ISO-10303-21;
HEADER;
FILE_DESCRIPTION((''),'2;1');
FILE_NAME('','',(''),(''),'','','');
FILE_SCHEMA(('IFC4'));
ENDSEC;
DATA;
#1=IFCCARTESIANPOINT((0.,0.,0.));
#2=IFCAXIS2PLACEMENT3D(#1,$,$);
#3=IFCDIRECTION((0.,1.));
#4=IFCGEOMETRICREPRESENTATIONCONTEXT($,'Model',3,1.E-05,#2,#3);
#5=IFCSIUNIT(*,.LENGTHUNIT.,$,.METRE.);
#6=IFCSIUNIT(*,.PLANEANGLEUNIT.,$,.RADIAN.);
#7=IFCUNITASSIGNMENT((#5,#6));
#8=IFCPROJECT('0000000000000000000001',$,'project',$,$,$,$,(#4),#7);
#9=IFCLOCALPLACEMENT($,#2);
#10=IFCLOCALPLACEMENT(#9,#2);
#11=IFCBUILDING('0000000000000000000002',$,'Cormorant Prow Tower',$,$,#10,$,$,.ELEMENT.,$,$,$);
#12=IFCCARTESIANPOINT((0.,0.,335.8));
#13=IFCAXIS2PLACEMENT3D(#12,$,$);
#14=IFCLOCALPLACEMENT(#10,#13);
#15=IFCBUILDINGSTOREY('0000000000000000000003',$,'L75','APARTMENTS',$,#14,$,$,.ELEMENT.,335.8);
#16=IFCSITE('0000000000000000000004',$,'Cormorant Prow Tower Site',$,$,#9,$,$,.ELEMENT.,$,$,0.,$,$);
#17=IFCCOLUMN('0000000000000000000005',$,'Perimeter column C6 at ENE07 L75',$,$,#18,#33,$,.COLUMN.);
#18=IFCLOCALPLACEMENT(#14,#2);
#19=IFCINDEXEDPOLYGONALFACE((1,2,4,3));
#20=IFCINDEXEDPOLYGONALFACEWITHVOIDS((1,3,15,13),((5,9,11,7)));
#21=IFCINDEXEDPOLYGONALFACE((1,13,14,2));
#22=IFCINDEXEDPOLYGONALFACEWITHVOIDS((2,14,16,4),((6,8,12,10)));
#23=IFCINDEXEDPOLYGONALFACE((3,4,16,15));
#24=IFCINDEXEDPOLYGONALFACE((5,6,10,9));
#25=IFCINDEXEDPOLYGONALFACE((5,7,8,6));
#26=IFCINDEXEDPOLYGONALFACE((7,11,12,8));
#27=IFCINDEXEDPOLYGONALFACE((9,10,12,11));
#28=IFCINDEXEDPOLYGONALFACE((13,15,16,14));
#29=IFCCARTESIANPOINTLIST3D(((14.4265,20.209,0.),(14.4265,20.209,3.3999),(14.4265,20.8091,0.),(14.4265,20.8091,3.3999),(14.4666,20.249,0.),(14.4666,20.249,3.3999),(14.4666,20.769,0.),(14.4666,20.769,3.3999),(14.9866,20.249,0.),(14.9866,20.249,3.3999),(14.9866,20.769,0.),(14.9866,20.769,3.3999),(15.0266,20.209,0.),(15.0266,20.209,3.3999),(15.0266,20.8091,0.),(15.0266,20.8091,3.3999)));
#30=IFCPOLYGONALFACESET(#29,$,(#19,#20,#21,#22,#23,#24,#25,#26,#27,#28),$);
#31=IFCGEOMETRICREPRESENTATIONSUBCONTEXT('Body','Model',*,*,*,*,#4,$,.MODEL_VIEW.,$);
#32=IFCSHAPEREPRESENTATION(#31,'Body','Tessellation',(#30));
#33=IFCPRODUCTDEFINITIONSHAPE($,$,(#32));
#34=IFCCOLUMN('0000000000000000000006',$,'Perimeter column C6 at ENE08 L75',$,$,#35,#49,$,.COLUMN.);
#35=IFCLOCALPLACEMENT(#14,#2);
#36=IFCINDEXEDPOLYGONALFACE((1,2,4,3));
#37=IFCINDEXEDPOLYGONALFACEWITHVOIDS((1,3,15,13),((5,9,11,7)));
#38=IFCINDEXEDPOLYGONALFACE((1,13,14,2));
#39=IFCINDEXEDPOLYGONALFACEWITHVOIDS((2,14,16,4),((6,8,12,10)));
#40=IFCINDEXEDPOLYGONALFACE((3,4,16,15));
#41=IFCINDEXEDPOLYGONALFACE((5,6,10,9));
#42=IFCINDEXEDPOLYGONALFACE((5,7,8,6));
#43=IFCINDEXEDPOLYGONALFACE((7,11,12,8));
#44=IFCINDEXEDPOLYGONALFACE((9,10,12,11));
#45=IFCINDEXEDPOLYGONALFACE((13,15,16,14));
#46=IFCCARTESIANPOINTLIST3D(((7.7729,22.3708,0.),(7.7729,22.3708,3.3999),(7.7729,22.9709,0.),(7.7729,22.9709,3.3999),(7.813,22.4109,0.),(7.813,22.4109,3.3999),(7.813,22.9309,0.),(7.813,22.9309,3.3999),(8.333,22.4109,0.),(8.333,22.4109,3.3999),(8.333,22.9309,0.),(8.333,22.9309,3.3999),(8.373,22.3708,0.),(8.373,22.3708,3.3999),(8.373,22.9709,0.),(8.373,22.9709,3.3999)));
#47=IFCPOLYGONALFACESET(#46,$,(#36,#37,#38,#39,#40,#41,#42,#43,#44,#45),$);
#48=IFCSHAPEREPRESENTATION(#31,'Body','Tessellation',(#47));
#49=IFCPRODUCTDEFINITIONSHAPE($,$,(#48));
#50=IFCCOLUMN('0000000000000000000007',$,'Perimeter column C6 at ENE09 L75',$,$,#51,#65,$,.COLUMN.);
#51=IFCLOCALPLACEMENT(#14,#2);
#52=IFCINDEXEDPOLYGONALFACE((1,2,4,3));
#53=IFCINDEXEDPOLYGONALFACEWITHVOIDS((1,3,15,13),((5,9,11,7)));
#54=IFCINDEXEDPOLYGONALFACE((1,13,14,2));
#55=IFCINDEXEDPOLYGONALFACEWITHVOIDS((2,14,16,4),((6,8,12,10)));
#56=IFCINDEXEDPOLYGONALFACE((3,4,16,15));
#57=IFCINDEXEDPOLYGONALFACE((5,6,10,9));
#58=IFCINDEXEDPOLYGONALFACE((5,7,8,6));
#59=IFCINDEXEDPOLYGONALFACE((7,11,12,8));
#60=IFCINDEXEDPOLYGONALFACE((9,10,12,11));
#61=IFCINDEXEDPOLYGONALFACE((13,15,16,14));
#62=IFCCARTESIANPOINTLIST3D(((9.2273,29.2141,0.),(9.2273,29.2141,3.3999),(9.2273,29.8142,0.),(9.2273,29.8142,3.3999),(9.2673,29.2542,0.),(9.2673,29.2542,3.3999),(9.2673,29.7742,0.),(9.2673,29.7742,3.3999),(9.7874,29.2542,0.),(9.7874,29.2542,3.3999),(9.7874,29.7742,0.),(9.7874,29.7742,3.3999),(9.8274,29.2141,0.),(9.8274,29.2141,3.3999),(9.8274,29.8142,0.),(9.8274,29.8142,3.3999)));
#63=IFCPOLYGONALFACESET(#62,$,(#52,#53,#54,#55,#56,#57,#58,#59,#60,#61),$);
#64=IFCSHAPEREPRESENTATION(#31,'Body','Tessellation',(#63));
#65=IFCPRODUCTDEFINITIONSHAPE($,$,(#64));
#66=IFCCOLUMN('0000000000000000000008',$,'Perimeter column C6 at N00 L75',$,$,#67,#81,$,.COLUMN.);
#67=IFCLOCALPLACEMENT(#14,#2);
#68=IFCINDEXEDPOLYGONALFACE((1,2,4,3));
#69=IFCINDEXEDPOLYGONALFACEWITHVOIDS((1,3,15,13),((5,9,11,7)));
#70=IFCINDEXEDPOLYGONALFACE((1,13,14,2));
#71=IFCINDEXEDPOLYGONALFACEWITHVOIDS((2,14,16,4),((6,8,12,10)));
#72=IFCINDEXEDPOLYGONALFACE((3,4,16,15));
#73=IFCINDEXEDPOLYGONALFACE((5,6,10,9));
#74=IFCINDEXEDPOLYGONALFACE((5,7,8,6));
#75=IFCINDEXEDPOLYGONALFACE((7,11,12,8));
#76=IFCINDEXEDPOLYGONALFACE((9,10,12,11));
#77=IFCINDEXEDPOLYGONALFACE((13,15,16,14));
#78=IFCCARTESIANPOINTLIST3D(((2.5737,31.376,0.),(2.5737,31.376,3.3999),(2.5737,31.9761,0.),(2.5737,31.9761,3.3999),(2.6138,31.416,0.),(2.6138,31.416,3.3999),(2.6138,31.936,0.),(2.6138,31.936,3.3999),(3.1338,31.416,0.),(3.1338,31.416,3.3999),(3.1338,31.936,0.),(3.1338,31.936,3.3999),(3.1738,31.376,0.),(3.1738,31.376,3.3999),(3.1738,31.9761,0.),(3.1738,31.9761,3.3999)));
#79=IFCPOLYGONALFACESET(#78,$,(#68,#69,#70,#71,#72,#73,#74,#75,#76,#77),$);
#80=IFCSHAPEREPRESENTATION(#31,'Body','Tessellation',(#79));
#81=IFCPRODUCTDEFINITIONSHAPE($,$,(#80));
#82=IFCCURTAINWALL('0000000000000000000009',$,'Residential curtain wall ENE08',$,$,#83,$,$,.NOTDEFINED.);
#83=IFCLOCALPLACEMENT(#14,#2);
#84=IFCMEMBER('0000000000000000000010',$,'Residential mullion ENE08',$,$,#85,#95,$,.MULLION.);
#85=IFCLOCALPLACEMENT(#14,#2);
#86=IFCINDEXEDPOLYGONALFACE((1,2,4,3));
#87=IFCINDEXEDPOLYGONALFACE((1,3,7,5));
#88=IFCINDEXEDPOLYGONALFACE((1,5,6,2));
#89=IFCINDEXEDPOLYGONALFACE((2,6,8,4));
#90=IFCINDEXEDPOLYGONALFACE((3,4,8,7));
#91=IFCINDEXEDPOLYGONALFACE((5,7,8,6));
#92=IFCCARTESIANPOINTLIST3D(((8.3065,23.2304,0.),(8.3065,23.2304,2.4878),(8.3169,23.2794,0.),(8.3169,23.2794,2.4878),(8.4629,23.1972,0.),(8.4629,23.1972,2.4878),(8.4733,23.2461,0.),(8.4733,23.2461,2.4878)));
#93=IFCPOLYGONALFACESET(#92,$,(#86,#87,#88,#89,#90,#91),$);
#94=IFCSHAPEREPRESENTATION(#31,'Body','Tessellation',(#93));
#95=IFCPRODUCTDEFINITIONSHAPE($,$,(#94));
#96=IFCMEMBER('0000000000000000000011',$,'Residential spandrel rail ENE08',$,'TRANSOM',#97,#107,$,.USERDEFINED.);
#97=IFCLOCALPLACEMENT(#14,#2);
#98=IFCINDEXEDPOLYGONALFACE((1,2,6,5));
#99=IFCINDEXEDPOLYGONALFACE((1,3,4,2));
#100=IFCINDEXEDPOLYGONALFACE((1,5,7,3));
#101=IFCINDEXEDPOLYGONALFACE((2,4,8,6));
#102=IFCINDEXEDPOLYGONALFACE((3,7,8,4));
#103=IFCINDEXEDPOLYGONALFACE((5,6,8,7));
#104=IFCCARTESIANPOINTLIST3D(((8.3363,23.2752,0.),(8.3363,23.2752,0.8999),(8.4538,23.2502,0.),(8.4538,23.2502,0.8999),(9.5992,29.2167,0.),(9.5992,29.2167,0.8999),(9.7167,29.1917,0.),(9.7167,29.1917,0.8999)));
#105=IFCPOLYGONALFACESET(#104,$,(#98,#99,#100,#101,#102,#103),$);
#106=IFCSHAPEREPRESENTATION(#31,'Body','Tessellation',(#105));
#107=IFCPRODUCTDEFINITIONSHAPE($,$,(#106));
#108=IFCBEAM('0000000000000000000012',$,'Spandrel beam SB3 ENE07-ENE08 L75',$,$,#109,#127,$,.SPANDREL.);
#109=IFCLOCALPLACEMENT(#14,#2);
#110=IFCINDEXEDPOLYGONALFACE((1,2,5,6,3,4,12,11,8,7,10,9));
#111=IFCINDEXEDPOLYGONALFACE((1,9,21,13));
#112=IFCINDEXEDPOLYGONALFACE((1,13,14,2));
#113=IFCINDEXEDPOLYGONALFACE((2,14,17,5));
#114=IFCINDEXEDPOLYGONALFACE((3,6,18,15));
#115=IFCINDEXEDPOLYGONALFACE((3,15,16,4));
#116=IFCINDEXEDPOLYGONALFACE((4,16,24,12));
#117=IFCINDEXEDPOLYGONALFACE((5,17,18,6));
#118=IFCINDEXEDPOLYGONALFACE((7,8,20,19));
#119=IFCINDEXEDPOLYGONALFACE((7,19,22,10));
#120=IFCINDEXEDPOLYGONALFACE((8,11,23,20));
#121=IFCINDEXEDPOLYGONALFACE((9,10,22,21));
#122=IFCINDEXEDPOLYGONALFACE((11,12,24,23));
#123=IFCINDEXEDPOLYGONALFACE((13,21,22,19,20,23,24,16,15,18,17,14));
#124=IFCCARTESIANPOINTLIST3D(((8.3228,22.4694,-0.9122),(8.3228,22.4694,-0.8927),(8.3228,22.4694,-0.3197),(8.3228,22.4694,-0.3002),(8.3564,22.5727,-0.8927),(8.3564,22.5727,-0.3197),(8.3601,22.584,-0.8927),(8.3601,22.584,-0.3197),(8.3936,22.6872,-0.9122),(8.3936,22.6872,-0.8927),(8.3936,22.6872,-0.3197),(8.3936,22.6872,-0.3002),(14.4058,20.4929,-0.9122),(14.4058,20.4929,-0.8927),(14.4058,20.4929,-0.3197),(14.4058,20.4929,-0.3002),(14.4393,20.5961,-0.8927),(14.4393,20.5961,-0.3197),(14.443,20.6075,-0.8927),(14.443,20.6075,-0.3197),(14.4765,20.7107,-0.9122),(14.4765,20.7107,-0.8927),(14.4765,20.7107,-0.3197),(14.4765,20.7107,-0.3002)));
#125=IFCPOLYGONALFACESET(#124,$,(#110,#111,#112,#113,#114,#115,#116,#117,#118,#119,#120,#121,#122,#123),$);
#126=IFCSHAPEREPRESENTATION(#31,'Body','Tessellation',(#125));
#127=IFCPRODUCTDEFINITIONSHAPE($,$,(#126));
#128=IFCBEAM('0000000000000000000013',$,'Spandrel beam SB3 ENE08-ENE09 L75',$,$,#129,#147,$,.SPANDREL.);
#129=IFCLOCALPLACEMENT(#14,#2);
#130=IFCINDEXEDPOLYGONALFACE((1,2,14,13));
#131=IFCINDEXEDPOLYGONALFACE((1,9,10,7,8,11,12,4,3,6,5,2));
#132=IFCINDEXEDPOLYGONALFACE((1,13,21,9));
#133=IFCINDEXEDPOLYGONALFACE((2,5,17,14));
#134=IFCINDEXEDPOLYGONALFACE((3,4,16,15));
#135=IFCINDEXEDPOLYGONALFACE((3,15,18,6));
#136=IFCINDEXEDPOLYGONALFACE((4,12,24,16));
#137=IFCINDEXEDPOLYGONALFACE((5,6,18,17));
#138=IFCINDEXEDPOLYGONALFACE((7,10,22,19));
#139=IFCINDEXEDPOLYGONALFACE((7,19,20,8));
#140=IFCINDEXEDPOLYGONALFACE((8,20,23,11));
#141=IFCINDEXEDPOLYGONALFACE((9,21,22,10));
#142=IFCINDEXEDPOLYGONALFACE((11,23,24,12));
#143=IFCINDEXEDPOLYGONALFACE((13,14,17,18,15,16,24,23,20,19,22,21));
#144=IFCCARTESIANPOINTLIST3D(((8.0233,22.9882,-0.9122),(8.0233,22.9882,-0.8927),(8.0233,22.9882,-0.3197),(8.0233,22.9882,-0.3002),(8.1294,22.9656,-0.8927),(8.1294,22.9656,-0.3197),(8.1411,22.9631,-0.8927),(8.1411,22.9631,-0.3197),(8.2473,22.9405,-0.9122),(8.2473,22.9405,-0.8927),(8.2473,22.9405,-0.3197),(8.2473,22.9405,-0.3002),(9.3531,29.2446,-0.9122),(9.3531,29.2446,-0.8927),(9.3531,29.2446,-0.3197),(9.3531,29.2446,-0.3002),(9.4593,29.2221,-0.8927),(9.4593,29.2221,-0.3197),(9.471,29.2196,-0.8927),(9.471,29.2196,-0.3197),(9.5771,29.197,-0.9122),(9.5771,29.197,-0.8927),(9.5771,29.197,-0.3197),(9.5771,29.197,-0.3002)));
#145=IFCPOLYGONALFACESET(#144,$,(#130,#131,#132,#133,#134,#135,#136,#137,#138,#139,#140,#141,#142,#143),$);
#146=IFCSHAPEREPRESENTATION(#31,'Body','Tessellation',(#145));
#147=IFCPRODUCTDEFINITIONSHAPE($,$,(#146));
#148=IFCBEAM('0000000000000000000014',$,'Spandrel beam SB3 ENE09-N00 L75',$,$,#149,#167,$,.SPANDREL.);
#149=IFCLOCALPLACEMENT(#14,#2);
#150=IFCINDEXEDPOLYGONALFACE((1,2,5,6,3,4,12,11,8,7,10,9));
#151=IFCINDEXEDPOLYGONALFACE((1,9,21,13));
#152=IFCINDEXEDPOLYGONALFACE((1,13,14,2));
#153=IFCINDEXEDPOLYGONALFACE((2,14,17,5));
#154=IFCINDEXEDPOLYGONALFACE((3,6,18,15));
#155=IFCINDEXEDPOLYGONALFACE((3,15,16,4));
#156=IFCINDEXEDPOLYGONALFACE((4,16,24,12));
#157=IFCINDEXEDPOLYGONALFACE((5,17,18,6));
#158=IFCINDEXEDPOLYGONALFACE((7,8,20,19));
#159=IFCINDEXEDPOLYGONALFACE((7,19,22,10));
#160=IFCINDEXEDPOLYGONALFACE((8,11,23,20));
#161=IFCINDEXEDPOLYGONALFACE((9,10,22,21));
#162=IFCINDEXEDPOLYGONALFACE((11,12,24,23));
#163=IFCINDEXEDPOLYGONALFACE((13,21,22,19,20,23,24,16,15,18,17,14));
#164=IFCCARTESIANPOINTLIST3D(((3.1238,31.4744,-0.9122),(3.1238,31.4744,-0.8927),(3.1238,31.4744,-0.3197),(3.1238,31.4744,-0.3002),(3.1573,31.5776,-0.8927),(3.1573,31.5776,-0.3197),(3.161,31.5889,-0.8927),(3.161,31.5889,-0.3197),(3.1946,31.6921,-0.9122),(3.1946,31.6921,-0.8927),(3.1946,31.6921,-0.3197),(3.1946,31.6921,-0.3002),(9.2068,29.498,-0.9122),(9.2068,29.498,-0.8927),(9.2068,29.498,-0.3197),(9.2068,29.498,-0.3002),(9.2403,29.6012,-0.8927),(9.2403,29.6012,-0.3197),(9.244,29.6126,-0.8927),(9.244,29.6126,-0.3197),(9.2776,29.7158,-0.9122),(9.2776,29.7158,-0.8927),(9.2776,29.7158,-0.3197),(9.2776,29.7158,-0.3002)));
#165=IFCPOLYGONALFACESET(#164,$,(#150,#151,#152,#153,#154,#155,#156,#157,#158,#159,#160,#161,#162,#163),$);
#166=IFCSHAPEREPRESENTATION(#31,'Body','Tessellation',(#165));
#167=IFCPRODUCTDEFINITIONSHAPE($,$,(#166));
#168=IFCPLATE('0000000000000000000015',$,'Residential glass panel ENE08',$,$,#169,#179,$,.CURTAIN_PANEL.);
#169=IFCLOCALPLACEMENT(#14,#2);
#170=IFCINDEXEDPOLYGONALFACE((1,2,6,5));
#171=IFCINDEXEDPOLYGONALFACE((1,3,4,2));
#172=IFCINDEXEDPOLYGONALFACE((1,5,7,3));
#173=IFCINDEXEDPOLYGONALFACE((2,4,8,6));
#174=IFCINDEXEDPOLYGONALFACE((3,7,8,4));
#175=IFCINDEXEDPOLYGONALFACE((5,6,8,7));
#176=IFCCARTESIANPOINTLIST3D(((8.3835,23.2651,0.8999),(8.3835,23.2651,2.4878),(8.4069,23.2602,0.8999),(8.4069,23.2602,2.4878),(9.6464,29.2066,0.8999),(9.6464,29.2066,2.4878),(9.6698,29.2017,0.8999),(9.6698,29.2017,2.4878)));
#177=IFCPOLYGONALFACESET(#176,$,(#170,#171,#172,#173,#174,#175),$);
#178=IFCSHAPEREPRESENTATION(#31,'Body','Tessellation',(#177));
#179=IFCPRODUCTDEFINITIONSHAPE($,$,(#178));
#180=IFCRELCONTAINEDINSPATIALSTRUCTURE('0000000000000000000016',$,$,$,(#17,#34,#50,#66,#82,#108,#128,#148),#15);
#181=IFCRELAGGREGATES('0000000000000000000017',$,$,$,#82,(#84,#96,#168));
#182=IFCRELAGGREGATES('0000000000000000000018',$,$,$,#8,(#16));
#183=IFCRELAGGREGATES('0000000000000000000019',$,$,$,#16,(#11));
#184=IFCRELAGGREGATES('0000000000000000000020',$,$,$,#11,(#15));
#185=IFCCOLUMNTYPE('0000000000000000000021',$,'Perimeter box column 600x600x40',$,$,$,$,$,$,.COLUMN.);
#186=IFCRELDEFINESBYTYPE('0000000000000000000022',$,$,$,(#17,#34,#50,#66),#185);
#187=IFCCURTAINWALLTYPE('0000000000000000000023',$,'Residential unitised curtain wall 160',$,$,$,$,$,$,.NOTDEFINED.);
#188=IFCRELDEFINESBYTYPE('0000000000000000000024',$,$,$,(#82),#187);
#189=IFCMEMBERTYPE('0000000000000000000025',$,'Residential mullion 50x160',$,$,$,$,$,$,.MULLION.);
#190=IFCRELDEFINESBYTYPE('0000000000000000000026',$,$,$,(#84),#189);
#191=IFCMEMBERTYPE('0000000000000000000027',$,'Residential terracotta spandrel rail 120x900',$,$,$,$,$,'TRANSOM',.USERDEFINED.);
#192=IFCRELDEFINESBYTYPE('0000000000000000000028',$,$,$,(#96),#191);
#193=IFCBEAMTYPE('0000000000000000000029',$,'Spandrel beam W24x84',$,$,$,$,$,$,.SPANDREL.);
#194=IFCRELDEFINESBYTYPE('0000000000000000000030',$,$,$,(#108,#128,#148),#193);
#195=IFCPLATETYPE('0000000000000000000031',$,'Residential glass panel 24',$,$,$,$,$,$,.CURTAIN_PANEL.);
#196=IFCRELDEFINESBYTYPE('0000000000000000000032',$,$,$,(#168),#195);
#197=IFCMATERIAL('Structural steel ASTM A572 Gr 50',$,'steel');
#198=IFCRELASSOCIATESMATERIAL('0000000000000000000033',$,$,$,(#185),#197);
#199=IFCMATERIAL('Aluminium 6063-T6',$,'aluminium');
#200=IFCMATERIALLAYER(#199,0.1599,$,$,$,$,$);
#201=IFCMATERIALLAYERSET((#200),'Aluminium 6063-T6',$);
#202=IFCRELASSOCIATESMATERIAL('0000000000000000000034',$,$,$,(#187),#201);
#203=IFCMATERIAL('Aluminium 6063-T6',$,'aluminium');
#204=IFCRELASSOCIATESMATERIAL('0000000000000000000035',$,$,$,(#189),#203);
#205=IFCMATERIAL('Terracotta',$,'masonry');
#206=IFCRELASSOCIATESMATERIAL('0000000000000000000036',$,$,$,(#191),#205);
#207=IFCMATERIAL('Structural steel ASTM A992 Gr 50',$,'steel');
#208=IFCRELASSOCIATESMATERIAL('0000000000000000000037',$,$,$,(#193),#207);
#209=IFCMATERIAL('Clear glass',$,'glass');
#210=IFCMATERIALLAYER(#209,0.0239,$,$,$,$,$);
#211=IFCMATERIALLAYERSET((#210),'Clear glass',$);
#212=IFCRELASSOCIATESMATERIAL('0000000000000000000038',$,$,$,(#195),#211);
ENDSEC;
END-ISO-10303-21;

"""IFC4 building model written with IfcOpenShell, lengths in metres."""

from ifc_helpers import new_model, si_unit, direction, frame, origin, origin_2d, place, context, subcontext, project, spatial, rectangle, hollow_rectangle, i_section, extrude, material, layer, layer_set, material_profile, profile_set, type_object, element, aggregate, save


model = new_model("IFC4")

# Units and contexts
model_context = context("Model", 3, precision=1e-05, world=origin(), true_north=direction((0.0, 1.0)))
body_context = subcontext(model_context, "Body", "Model", "MODEL_VIEW")
ifc_project = project(units=[si_unit("LENGTHUNIT", "METRE"), si_unit("PLANEANGLEUNIT", "RADIAN")], contexts=[model_context])

# Site, building, storey
site_placement = place(None, origin())
site = spatial("IfcSite", under=ifc_project, at=site_placement, Name="Cormorant Prow Tower Site", CompositionType="ELEMENT", RefElevation=0.0)
building_placement = place(site_placement, origin())
building = spatial("IfcBuilding", under=site, at=building_placement, Name="Cormorant Prow Tower", CompositionType="ELEMENT")
storey_placement = place(building_placement, frame((0.0, 0.0, 335.8)))
storey = spatial("IfcBuildingStorey", under=building, at=storey_placement, Name="L75", Description="APARTMENTS", CompositionType="ELEMENT", Elevation=335.8)

# Columns
ifc_material_1 = material(Name="Structural steel ASTM A572 Gr 50", Category="steel")
ifc_material_profile_1 = material_profile(ifc_material_1, hollow_rectangle(XDim=0.6001, YDim=0.6001, WallThickness=0.04, at=origin_2d()), Name="Box 600x600x40")
ifc_profile_set_1 = profile_set([ifc_material_profile_1], Name="Structural steel ASTM A572 Gr 50")
column_type = type_object("IfcColumnType", Name="Perimeter box column 600x600x40", PredefinedType="COLUMN", material=ifc_profile_set_1)
for number, where, z_axis, x_axis, name in (
    (1, (14.7266, 20.509, 0.0), (0.0, 0.0, 1.0), (1.0, 0.0, 0.0), "Perimeter column C6 at ENE07 L75"),
    (2, (8.073, 22.6709, 0.0), (0.0, 0.0, 1.0), (1.0, 0.0, 0.0), "Perimeter column C6 at ENE08 L75"),
    (3, (9.5273, 29.5142, 0.0), (0.0, 0.0, 1.0), (1.0, 0.0, 0.0), "Perimeter column C6 at ENE09 L75"),
    (4, (2.8738, 31.676, 0.0), (0.0, 0.0, 1.0), (1.0, 0.0, 0.0), "Perimeter column C6 at N00 L75"),
):
    element("IfcColumn", number, at=place(storey_placement, frame(where, z_axis=z_axis, x_axis=x_axis)), inside=storey, type_object=column_type, Name=name, PredefinedType="COLUMN", context=body_context, shape_type="SweptSolid", body=[
        extrude(hollow_rectangle(XDim=0.6001, YDim=0.6001, WallThickness=0.04, at=origin_2d()), origin(), (0.0, 0.0, 1.0), 3.3999),
    ])

# Curtain wall, members
ifc_material_2 = material(Name="Aluminium 6063-T6", Category="aluminium")
ifc_layer_1 = layer(ifc_material_2, 0.1599)
ifc_layer_set_1 = layer_set([ifc_layer_1], Name="Aluminium 6063-T6")
curtain_wall_type = type_object("IfcCurtainWallType", Name="Residential unitised curtain wall 160", PredefinedType="NOTDEFINED", material=ifc_layer_set_1)
curtain_wall_placement = place(storey_placement, origin())
curtain_wall = element("IfcCurtainWall", 5, at=curtain_wall_placement, inside=storey, type_object=curtain_wall_type, Name="Residential curtain wall ENE08", PredefinedType="NOTDEFINED")
ifc_material_3 = material(Name="Aluminium 6063-T6", Category="aluminium")
ifc_material_profile_2 = material_profile(ifc_material_3, rectangle(XDim=0.1599, YDim=0.05, at=origin_2d()), Name="Residential mullion 50x160")
ifc_profile_set_2 = profile_set([ifc_material_profile_2], Name="Aluminium 6063-T6")
member_type_1 = type_object("IfcMemberType", Name="Residential mullion 50x160", PredefinedType="MULLION", material=ifc_profile_set_2)
member_1_placement = place(storey_placement, frame((8.3899, 23.2383, 0.0), z_axis=(0.0, 0.0, 1.0), x_axis=(-0.978148, 0.207912, 0.0)))
member_1 = element("IfcMember", 6, at=member_1_placement, type_object=member_type_1, Name="Residential mullion ENE08", PredefinedType="MULLION", context=body_context, shape_type="SweptSolid", body=[
    extrude(rectangle(XDim=0.1599, YDim=0.05, at=origin_2d()), origin(), (0.0, 0.0, 1.0), 2.4878),
])
ifc_material_4 = material(Name="Terracotta", Category="masonry")
ifc_material_profile_3 = material_profile(ifc_material_4, rectangle(XDim=0.1201, YDim=0.8999, at=origin_2d()), Name="Residential terracotta spandrel rail 120x900")
ifc_profile_set_3 = profile_set([ifc_material_profile_3], Name="Terracotta")
member_type_2 = type_object("IfcMemberType", Name="Residential terracotta spandrel rail 120x900", ElementType="TRANSOM", PredefinedType="USERDEFINED", material=ifc_profile_set_3)
member_2_placement = place(storey_placement, frame((8.395, 23.2627, 0.45), z_axis=(0.20792, 0.978146, 0.0), x_axis=(-0.978146, 0.20792, 0.0)))
member_2 = element("IfcMember", 7, at=member_2_placement, type_object=member_type_2, Name="Residential spandrel rail ENE08", ObjectType="TRANSOM", PredefinedType="USERDEFINED", context=body_context, shape_type="SweptSolid", body=[
    extrude(rectangle(XDim=0.1201, YDim=0.8999, at=origin_2d()), origin(), (0.0, 0.0, 1.0), 6.0742),
])

# Beams
ifc_material_5 = material(Name="Structural steel ASTM A992 Gr 50", Category="steel")
ifc_material_profile_4 = material_profile(ifc_material_5, i_section(OverallWidth=0.229, OverallDepth=0.6121, WebThickness=0.012, FlangeThickness=0.0195, at=origin_2d()), Name="W24x84")
ifc_profile_set_4 = profile_set([ifc_material_profile_4], Name="Structural steel ASTM A992 Gr 50")
beam_type = type_object("IfcBeamType", Name="Spandrel beam W24x84", PredefinedType="SPANDREL", material=ifc_profile_set_4)
beam_1_placement = place(storey_placement, frame((14.4412, 20.6018, -0.6062), z_axis=(-0.951053, 0.309027, 0.0), x_axis=(-0.309027, -0.951053, 0.0)))
element("IfcBeam", 8, at=beam_1_placement, inside=storey, type_object=beam_type, Name="Spandrel beam SB3 ENE07-ENE08 L75", PredefinedType="SPANDREL", context=body_context, shape_type="SweptSolid", body=[
    extrude(i_section(OverallWidth=0.229, OverallDepth=0.6121, WebThickness=0.012, FlangeThickness=0.0195, at=origin_2d()), origin(), (0.0, 0.0, 1.0), 6.396),
])
beam_2_placement = place(storey_placement, frame((8.1353, 22.9644, -0.6062), z_axis=(0.207913, 0.978147, 0.0), x_axis=(-0.978147, 0.207913, 0.0)))
element("IfcBeam", 9, at=beam_2_placement, inside=storey, type_object=beam_type, Name="Spandrel beam SB3 ENE08-ENE09 L75", PredefinedType="SPANDREL", context=body_context, shape_type="SweptSolid", body=[
    extrude(i_section(OverallWidth=0.229, OverallDepth=0.6121, WebThickness=0.012, FlangeThickness=0.0195, at=origin_2d()), origin(), (0.0, 0.0, 1.0), 6.3962),
])
beam_3_placement = place(storey_placement, frame((9.2422, 29.6069, -0.6062), z_axis=(-0.951064, 0.308993, 0.0), x_axis=(-0.308993, -0.951064, 0.0)))
element("IfcBeam", 10, at=beam_3_placement, inside=storey, type_object=beam_type, Name="Spandrel beam SB3 ENE09-N00 L75", PredefinedType="SPANDREL", context=body_context, shape_type="SweptSolid", body=[
    extrude(i_section(OverallWidth=0.229, OverallDepth=0.6121, WebThickness=0.012, FlangeThickness=0.0195, at=origin_2d()), origin(), (0.0, 0.0, 1.0), 6.396),
])

# Plate
ifc_material_6 = material(Name="Clear glass", Category="glass")
ifc_layer_2 = layer(ifc_material_6, 0.0239)
ifc_layer_set_2 = layer_set([ifc_layer_2], Name="Clear glass")
plate_type = type_object("IfcPlateType", Name="Residential glass panel 24", PredefinedType="CURTAIN_PANEL", material=ifc_layer_set_2)
plate_placement = place(storey_placement, frame((9.0266, 26.2334, 0.8999), z_axis=(0.0, 0.0, 1.0), x_axis=(0.207912, 0.978148, 0.0)))
plate = element("IfcPlate", 11, at=plate_placement, type_object=plate_type, Name="Residential glass panel ENE08", PredefinedType="CURTAIN_PANEL", context=body_context, shape_type="SweptSolid", body=[
    extrude(rectangle(XDim=6.0742, YDim=0.0239, at=origin_2d()), origin(), (0.0, 0.0, 1.0), 1.5879),
])
aggregate(curtain_wall, [member_1, member_2, plate])

save(model, "model.ifc")
